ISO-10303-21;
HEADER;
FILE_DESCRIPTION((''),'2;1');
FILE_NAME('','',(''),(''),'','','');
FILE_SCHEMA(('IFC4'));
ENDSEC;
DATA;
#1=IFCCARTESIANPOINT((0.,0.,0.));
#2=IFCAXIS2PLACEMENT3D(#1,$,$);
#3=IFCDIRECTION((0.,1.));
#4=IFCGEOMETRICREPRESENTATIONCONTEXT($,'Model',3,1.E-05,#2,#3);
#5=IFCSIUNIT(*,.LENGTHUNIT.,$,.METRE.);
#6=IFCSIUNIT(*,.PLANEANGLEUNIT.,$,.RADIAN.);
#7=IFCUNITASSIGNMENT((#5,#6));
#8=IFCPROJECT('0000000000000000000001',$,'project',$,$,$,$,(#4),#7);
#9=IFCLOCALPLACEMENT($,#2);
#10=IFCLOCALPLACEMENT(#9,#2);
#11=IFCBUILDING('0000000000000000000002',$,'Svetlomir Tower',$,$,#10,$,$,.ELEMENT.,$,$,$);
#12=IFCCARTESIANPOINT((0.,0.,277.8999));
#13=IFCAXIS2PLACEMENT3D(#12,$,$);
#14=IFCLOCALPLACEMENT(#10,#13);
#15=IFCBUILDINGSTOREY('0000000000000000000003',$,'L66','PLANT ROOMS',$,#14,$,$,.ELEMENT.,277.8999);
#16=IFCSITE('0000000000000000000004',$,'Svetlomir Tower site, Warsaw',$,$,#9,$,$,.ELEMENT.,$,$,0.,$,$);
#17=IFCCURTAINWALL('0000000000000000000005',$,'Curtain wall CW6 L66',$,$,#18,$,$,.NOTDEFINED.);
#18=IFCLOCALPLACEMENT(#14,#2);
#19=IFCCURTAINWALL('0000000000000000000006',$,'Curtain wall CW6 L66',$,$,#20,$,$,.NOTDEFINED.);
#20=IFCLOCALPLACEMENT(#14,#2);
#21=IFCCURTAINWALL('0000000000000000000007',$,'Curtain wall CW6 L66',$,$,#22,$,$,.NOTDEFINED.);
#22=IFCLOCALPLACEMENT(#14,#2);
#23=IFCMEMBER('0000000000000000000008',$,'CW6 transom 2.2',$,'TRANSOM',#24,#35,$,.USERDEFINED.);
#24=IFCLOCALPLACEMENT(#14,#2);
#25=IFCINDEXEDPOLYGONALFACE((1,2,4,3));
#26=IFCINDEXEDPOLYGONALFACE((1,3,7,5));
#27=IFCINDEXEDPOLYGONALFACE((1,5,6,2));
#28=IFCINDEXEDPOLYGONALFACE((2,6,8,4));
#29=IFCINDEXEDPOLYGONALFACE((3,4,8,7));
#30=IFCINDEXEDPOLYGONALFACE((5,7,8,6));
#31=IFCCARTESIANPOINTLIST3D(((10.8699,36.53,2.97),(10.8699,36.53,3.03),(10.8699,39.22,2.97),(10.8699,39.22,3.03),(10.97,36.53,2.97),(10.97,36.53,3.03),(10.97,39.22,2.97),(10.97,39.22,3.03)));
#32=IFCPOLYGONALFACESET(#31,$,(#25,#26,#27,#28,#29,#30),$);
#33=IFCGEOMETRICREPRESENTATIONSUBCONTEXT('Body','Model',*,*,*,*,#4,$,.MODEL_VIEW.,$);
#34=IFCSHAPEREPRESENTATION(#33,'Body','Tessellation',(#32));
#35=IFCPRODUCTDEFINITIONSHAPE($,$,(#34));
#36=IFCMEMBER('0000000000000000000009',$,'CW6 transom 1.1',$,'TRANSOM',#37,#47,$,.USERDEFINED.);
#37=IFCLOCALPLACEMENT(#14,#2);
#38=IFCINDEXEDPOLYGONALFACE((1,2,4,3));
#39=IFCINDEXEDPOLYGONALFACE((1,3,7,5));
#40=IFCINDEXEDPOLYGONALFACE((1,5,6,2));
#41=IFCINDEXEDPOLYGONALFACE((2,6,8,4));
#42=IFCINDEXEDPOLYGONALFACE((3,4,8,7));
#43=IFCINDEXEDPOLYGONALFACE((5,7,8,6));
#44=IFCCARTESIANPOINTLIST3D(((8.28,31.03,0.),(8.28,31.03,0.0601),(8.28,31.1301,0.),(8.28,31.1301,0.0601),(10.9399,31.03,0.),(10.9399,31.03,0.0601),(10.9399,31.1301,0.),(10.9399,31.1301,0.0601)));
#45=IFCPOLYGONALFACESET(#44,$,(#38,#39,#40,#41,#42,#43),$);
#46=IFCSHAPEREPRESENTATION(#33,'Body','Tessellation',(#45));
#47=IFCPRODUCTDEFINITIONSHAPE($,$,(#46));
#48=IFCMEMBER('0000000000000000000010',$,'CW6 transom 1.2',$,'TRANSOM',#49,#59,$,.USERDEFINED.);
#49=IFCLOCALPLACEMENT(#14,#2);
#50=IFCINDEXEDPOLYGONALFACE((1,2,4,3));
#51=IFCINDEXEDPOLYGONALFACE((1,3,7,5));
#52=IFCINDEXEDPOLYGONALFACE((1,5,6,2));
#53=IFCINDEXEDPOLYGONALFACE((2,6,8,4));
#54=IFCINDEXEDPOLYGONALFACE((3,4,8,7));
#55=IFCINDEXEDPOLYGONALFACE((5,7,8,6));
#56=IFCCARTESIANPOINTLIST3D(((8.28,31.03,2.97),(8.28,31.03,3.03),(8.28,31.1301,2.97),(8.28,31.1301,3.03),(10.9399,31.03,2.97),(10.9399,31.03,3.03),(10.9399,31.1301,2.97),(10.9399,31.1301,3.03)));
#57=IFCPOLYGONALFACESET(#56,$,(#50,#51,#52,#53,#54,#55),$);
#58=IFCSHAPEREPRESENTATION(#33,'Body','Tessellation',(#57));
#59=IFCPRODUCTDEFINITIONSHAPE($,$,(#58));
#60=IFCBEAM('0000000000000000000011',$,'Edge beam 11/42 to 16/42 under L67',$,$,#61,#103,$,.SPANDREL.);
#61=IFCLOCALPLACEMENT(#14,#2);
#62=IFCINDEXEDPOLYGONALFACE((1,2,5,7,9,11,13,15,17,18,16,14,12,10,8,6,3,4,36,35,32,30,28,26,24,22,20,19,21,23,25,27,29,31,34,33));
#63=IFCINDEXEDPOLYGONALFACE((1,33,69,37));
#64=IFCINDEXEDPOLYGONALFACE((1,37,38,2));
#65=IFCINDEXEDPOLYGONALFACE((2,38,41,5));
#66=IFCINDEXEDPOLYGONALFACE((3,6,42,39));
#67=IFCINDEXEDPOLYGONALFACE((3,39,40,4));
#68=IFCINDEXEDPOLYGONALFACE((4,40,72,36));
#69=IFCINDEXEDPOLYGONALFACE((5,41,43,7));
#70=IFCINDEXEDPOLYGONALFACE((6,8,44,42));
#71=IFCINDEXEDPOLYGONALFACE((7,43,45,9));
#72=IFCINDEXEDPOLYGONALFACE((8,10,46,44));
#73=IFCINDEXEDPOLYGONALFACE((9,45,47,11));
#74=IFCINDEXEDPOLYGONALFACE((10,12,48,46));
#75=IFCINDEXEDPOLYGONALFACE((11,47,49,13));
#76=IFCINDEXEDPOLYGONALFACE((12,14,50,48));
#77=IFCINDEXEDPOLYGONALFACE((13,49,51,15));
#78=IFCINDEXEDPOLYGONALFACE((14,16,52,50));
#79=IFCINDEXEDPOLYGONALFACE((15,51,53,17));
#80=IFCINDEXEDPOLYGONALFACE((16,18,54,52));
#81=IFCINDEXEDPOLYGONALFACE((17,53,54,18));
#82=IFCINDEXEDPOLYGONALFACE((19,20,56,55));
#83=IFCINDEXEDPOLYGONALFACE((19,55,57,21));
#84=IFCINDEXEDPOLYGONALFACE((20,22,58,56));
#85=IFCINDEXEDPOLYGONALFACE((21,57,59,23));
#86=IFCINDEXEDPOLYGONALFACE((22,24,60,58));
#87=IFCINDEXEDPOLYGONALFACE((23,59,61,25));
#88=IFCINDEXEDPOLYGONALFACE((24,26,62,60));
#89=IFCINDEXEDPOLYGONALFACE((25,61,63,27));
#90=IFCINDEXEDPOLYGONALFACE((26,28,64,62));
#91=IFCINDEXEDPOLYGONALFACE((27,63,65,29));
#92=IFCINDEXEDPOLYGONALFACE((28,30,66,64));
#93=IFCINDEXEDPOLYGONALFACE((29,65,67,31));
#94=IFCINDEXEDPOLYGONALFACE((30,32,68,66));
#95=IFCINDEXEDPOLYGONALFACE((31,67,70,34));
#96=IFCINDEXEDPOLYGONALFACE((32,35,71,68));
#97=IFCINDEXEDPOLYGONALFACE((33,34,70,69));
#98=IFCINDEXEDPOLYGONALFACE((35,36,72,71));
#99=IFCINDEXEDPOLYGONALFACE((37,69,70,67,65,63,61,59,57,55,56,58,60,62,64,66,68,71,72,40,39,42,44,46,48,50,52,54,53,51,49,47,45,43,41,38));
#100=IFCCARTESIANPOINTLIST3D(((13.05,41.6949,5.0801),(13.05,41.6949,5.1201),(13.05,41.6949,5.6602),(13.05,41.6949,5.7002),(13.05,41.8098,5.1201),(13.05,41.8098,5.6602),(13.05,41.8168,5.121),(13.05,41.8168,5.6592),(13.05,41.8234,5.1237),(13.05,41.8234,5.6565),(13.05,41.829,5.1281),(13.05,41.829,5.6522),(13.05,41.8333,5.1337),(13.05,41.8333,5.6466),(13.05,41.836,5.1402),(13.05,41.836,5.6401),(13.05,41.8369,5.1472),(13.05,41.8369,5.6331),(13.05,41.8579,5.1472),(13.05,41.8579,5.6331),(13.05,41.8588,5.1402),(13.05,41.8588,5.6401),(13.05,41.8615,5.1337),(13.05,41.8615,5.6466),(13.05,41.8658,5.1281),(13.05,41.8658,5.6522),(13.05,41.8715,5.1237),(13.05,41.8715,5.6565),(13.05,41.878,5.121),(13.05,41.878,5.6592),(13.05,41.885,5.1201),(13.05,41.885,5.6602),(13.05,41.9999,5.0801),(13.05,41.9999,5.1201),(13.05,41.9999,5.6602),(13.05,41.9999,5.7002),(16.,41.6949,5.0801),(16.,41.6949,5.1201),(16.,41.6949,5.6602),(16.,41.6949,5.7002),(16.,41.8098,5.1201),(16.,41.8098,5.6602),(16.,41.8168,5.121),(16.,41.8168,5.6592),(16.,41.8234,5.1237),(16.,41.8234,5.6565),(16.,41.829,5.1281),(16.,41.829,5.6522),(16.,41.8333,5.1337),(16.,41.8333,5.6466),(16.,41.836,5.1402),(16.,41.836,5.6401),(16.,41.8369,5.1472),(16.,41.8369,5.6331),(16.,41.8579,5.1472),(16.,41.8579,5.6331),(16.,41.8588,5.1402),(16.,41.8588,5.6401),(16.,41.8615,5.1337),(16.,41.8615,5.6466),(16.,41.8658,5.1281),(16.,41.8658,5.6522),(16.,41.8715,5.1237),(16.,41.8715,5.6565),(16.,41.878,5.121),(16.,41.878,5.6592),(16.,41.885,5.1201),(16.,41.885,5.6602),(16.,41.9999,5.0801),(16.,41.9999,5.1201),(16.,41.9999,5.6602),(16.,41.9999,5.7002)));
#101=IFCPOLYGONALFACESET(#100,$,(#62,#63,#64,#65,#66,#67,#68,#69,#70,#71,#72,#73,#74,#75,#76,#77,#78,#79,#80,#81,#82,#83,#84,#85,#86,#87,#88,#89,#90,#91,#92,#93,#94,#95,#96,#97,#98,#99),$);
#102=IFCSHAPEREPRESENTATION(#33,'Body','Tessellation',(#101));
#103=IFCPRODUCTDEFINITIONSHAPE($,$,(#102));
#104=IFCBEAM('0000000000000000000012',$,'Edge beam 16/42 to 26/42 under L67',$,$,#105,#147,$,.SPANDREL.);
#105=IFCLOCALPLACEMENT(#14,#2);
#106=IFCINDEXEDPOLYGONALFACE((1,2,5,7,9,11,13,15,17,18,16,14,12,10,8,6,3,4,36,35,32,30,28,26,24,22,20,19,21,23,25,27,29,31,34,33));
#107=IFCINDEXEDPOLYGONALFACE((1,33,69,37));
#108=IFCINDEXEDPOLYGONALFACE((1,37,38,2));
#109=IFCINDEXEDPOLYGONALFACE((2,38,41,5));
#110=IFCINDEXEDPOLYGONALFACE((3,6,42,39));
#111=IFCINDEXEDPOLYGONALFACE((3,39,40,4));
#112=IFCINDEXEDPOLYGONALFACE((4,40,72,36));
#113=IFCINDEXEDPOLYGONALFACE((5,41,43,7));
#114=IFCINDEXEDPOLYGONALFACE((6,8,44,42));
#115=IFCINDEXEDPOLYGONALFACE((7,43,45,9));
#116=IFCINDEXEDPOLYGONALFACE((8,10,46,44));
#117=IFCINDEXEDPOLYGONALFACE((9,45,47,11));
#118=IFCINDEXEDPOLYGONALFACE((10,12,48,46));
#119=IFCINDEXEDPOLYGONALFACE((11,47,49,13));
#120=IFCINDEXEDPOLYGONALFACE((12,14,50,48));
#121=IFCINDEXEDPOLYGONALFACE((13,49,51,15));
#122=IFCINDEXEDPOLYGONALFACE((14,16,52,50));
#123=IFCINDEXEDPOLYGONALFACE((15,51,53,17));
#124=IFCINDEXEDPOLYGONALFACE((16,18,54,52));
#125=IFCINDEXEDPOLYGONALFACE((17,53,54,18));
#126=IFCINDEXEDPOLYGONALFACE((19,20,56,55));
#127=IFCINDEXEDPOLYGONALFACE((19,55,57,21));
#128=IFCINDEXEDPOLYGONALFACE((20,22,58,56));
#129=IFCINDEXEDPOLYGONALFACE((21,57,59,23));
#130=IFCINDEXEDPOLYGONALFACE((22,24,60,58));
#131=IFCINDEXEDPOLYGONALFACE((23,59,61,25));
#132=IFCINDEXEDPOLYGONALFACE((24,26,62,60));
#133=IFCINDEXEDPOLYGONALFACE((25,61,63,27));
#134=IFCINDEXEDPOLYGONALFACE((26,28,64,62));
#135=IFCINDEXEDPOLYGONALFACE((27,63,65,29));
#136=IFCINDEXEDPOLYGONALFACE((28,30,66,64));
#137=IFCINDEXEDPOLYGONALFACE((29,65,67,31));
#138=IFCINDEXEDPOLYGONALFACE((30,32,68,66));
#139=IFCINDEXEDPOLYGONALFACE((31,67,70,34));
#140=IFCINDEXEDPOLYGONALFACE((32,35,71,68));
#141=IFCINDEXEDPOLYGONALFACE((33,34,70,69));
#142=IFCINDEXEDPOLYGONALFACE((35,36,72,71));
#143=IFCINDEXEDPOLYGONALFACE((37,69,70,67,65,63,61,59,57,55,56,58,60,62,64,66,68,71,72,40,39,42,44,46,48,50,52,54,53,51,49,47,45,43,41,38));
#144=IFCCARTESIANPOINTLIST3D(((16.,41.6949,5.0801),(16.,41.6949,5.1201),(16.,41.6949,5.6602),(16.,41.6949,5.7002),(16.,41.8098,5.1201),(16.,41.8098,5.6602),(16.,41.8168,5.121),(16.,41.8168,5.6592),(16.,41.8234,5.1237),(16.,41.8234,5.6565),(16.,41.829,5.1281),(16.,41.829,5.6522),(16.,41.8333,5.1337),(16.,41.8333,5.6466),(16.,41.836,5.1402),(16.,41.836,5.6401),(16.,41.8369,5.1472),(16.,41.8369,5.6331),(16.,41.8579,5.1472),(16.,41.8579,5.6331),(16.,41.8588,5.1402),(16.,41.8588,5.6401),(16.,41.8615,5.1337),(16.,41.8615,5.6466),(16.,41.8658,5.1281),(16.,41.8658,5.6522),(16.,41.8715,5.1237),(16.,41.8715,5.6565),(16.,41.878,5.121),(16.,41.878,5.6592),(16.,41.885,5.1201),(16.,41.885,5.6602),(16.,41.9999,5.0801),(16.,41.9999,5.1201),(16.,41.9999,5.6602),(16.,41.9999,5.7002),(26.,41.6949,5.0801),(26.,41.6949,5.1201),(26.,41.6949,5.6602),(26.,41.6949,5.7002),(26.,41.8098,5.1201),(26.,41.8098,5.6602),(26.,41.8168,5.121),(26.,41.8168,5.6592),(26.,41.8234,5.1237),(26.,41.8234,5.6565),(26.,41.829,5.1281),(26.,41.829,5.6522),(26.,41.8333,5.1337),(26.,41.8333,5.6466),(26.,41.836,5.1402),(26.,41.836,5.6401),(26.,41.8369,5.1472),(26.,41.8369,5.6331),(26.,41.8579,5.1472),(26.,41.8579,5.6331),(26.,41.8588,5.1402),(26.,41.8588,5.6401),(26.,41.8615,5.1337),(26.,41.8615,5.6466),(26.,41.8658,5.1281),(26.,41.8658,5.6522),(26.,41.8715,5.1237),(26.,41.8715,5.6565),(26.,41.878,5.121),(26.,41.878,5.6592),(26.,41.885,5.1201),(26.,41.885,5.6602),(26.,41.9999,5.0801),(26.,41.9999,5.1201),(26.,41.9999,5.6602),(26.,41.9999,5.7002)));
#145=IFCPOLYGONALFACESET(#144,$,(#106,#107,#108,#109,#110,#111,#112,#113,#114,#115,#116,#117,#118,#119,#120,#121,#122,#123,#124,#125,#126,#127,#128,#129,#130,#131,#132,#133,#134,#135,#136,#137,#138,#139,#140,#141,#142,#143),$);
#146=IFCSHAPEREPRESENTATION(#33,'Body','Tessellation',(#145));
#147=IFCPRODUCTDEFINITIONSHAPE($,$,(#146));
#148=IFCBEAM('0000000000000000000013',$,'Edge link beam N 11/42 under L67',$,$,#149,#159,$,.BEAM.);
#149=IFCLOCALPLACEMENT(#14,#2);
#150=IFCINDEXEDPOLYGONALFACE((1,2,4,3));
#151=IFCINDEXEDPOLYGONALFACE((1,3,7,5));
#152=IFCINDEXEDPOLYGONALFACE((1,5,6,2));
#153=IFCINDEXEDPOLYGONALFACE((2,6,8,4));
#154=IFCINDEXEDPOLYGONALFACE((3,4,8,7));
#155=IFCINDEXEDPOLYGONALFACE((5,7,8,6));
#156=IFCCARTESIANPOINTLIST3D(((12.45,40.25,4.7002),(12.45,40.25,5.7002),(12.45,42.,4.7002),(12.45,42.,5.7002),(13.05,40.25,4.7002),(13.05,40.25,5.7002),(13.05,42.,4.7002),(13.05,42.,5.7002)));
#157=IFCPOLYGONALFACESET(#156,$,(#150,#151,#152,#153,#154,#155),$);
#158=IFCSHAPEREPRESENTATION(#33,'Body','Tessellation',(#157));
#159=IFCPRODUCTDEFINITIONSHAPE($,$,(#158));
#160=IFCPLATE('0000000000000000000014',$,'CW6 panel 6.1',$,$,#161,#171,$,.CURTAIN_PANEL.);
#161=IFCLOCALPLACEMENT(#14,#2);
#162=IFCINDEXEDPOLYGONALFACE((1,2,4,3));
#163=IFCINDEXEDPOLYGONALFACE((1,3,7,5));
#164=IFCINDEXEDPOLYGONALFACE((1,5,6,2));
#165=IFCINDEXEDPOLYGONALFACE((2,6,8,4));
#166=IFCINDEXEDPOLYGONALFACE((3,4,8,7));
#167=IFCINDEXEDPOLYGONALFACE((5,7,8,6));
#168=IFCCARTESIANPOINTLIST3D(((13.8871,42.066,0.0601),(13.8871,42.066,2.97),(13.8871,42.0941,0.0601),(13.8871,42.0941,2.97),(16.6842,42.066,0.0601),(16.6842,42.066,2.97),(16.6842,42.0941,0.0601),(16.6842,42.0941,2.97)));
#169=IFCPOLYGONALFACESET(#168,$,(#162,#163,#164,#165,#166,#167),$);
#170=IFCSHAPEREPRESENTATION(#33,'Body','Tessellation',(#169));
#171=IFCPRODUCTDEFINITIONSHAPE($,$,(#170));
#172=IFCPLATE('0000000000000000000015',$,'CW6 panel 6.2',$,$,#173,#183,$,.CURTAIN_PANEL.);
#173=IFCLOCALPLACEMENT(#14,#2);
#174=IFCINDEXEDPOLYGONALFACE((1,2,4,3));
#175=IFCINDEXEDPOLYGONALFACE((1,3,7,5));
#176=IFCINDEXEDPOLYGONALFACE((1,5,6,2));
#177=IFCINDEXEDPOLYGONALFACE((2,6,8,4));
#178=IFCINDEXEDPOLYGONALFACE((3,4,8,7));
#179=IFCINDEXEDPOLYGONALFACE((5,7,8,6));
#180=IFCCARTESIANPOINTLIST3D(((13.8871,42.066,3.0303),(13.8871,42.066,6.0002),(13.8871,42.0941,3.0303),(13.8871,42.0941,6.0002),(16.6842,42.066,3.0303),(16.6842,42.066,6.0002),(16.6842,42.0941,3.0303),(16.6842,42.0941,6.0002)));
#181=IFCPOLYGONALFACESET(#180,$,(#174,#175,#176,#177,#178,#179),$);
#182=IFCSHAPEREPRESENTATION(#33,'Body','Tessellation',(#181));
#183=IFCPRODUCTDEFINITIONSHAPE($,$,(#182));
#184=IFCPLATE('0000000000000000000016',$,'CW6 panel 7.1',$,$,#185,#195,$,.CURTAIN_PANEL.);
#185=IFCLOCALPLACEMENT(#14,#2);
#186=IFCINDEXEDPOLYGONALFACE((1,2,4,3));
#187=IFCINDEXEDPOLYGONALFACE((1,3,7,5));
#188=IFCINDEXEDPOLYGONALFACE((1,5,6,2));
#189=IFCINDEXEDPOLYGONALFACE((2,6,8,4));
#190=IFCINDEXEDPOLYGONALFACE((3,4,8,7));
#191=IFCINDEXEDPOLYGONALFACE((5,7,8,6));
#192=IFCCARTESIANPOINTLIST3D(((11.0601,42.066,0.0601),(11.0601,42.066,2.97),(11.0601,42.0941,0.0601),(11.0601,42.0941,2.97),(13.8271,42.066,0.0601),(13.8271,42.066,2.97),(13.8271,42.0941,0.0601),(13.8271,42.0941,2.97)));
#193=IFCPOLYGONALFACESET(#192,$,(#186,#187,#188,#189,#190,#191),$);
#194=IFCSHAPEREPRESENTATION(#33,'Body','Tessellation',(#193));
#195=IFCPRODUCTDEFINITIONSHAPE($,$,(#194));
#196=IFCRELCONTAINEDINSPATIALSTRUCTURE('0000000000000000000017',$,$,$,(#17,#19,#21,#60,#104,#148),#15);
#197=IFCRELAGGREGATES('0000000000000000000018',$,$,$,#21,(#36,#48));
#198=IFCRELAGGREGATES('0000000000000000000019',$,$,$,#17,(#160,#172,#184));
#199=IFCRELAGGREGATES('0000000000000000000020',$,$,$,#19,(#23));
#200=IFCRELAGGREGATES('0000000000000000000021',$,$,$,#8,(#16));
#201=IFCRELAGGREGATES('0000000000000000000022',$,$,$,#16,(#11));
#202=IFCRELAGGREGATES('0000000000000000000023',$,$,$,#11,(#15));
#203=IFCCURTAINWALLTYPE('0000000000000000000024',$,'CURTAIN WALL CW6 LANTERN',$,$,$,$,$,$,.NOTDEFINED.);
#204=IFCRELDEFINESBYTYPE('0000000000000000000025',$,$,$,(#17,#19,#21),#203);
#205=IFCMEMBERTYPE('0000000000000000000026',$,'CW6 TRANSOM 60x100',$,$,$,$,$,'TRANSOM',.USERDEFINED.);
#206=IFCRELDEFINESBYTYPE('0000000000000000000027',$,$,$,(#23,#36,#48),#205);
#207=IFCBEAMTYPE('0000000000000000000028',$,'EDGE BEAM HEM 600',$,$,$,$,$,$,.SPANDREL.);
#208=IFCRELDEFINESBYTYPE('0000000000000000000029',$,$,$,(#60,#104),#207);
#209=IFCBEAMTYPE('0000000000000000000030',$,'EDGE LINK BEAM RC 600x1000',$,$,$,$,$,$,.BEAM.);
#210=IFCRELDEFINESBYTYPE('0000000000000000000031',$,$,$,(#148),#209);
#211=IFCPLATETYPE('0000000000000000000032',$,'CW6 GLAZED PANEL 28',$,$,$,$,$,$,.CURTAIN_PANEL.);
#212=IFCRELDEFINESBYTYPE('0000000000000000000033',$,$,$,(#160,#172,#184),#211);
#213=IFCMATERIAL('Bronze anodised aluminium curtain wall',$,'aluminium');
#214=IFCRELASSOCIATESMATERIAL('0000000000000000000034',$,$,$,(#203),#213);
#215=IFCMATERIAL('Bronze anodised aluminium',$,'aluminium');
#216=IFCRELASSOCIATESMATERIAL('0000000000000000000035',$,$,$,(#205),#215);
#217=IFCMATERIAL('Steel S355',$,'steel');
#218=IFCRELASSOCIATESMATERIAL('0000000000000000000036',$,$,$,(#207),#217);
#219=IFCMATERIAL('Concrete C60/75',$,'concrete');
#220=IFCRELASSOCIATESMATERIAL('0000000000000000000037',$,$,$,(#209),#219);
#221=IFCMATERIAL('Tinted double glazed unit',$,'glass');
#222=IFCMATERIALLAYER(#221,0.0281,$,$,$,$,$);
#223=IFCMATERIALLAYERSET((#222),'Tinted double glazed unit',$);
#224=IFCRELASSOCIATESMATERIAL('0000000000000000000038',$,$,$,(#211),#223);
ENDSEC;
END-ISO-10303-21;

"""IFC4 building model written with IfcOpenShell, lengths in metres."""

from ifc_helpers import new_model, si_unit, direction, frame, origin, origin_2d, place, context, subcontext, project, spatial, rectangle, i_section, extrude, material, layer, layer_set, material_profile, profile_set, type_object, element, aggregate, save


model = new_model("IFC4")

# Units and contexts
model_context = context("Model", 3, precision=1e-05, world=origin(), true_north=direction((0.0, 1.0)))
body_context = subcontext(model_context, "Body", "Model", "MODEL_VIEW")
ifc_project = project(units=[si_unit("LENGTHUNIT", "METRE"), si_unit("PLANEANGLEUNIT", "RADIAN")], contexts=[model_context])

# Site, building, storey
site_placement = place(None, origin())
site = spatial("IfcSite", under=ifc_project, at=site_placement, Name="Svetlomir Tower site, Warsaw", CompositionType="ELEMENT", RefElevation=0.0)
building_placement = place(site_placement, origin())
building = spatial("IfcBuilding", under=site, at=building_placement, Name="Svetlomir Tower", CompositionType="ELEMENT")
storey_placement = place(building_placement, frame((0.0, 0.0, 277.8999)))
storey = spatial("IfcBuildingStorey", under=building, at=storey_placement, Name="L66", Description="PLANT ROOMS", CompositionType="ELEMENT", Elevation=277.8999)

# Curtain walls
ifc_material_1 = material(Name="Bronze anodised aluminium curtain wall", Category="aluminium")
curtain_wall_type = type_object("IfcCurtainWallType", Name="CURTAIN WALL CW6 LANTERN", PredefinedType="NOTDEFINED", material=ifc_material_1)
curtain_wall_1_placement = place(storey_placement, origin())
curtain_wall_1 = element("IfcCurtainWall", 1, at=curtain_wall_1_placement, inside=storey, type_object=curtain_wall_type, Name="Curtain wall CW6 L66", PredefinedType="NOTDEFINED")
curtain_wall_2_placement = place(storey_placement, origin())
curtain_wall_2 = element("IfcCurtainWall", 2, at=curtain_wall_2_placement, inside=storey, type_object=curtain_wall_type, Name="Curtain wall CW6 L66", PredefinedType="NOTDEFINED")

# Curtain wall
curtain_wall_3_placement = place(storey_placement, origin())
curtain_wall_3 = element("IfcCurtainWall", 3, at=curtain_wall_3_placement, inside=storey, type_object=curtain_wall_type, Name="Curtain wall CW6 L66", PredefinedType="NOTDEFINED")

# Members
ifc_material_2 = material(Name="Bronze anodised aluminium", Category="aluminium")
ifc_material_profile_1 = material_profile(ifc_material_2, rectangle(XDim=0.1001, YDim=0.0601, at=origin_2d()), Name="AL 100x60")
ifc_profile_set_1 = profile_set([ifc_material_profile_1], Name="Bronze anodised aluminium 6063-T6")
member_type_1 = type_object("IfcMemberType", Name="CW6 TRANSOM 60x100", ElementType="TRANSOM", PredefinedType="USERDEFINED", material=ifc_profile_set_1)
member_1_placement = place(storey_placement, frame((10.9199, 39.22, 3.0), z_axis=(0.0, -1.0, 0.0), x_axis=(1.0, 0.0, 0.0)))
member_1 = element("IfcMember", 4, at=member_1_placement, type_object=member_type_1, Name="CW6 transom 2.2", ObjectType="TRANSOM", PredefinedType="USERDEFINED", context=body_context, shape_type="SweptSolid", body=[
    extrude(rectangle(XDim=0.1001, YDim=0.0601, at=origin_2d()), origin(), (0.0, 0.0, 1.0), 2.6899),
])
member_2_placement = place(storey_placement, frame((10.9399, 31.0801, 0.03), z_axis=(-1.0, 0.0, 0.0), x_axis=(0.0, -1.0, 0.0)))
member_2 = element("IfcMember", 5, at=member_2_placement, type_object=member_type_1, Name="CW6 transom 1.1", ObjectType="TRANSOM", PredefinedType="USERDEFINED", context=body_context, shape_type="SweptSolid", body=[
    extrude(rectangle(XDim=0.1001, YDim=0.0601, at=origin_2d()), origin(), (0.0, 0.0, 1.0), 2.6599),
])
member_3_placement = place(storey_placement, frame((10.9399, 31.0801, 3.0), z_axis=(-1.0, 0.0, 0.0), x_axis=(0.0, -1.0, 0.0)))
member_3 = element("IfcMember", 6, at=member_3_placement, type_object=member_type_1, Name="CW6 transom 1.2", ObjectType="TRANSOM", PredefinedType="USERDEFINED", context=body_context, shape_type="SweptSolid", body=[
    extrude(rectangle(XDim=0.1001, YDim=0.0601, at=origin_2d()), origin(), (0.0, 0.0, 1.0), 2.6599),
])
aggregate(curtain_wall_3, [member_2, member_3])

# Beams
ifc_material_3 = material(Name="Steel S355", Category="steel")
ifc_material_profile_2 = material_profile(ifc_material_3, i_section(OverallWidth=0.3049, OverallDepth=0.6201, WebThickness=0.021, FlangeThickness=0.04, FilletRadius=0.0271, at=origin_2d()), Name="HEM 600")
ifc_profile_set_2 = profile_set([ifc_material_profile_2], Name="Steel S355")
beam_type_1 = type_object("IfcBeamType", Name="EDGE BEAM HEM 600", PredefinedType="SPANDREL", material=ifc_profile_set_2)
beam_1_placement = place(storey_placement, frame((13.05, 41.8474, 5.3901), z_axis=(1.0, 0.0, 0.0), x_axis=(0.0, 1.0, 0.0)))
element("IfcBeam", 7, at=beam_1_placement, inside=storey, type_object=beam_type_1, Name="Edge beam 11/42 to 16/42 under L67", PredefinedType="SPANDREL", context=body_context, shape_type="SweptSolid", body=[
    extrude(i_section(OverallWidth=0.3049, OverallDepth=0.6201, WebThickness=0.021, FlangeThickness=0.04, FilletRadius=0.0271, at=origin_2d()), origin(), (0.0, 0.0, 1.0), 2.95),
])
beam_2_placement = place(storey_placement, frame((16.0, 41.8474, 5.3901), z_axis=(1.0, 0.0, 0.0), x_axis=(0.0, 1.0, 0.0)))
element("IfcBeam", 8, at=beam_2_placement, inside=storey, type_object=beam_type_1, Name="Edge beam 16/42 to 26/42 under L67", PredefinedType="SPANDREL", context=body_context, shape_type="SweptSolid", body=[
    extrude(i_section(OverallWidth=0.3049, OverallDepth=0.6201, WebThickness=0.021, FlangeThickness=0.04, FilletRadius=0.0271, at=origin_2d()), origin(), (0.0, 0.0, 1.0), 10.0),
])
ifc_material_4 = material(Name="Concrete C60/75", Category="concrete")
ifc_material_profile_3 = material_profile(ifc_material_4, rectangle(XDim=0.6001, YDim=1.0, at=origin_2d()), Name="RC 600x1000")
ifc_profile_set_3 = profile_set([ifc_material_profile_3], Name="Concrete C60/75")
beam_type_2 = type_object("IfcBeamType", Name="EDGE LINK BEAM RC 600x1000", PredefinedType="BEAM", material=ifc_profile_set_3)
beam_3_placement = place(storey_placement, frame((12.75, 40.25, 5.2002), z_axis=(0.0, 1.0, 0.0), x_axis=(-1.0, 0.0, 0.0)))
element("IfcBeam", 9, at=beam_3_placement, inside=storey, type_object=beam_type_2, Name="Edge link beam N 11/42 under L67", PredefinedType="BEAM", context=body_context, shape_type="SweptSolid", body=[
    extrude(rectangle(XDim=0.6001, YDim=1.0, at=origin_2d()), origin(), (0.0, 0.0, 1.0), 1.75),
])

# Plates
ifc_material_5 = material(Name="Tinted double glazed unit", Category="glass")
ifc_layer = layer(ifc_material_5, 0.0281)
ifc_layer_set = layer_set([ifc_layer], Name="Tinted double glazed unit")
plate_type = type_object("IfcPlateType", Name="CW6 GLAZED PANEL 28", PredefinedType="CURTAIN_PANEL", material=ifc_layer_set)
plate_1_placement = place(storey_placement, frame((15.2856, 42.0801, 0.0601), z_axis=(0.0, 0.0, 1.0), x_axis=(-1.0, 0.0, 0.0)))
plate_1 = element("IfcPlate", 10, at=plate_1_placement, type_object=plate_type, Name="CW6 panel 6.1", PredefinedType="CURTAIN_PANEL", context=body_context, shape_type="SweptSolid", body=[
    extrude(rectangle(XDim=2.7971, YDim=0.0281, at=origin_2d()), origin(), (0.0, 0.0, 1.0), 2.9099),
])
plate_2_placement = place(storey_placement, frame((15.2856, 42.0801, 3.0303), z_axis=(0.0, 0.0, 1.0), x_axis=(-1.0, 0.0, 0.0)))
plate_2 = element("IfcPlate", 11, at=plate_2_placement, type_object=plate_type, Name="CW6 panel 6.2", PredefinedType="CURTAIN_PANEL", context=body_context, shape_type="SweptSolid", body=[
    extrude(rectangle(XDim=2.7971, YDim=0.0281, at=origin_2d()), origin(), (0.0, 0.0, 1.0), 2.97),
])
plate_3_placement = place(storey_placement, frame((12.4436, 42.0801, 0.0601), z_axis=(0.0, 0.0, 1.0), x_axis=(-1.0, 0.0, 0.0)))
plate_3 = element("IfcPlate", 12, at=plate_3_placement, type_object=plate_type, Name="CW6 panel 7.1", PredefinedType="CURTAIN_PANEL", context=body_context, shape_type="SweptSolid", body=[
    extrude(rectangle(XDim=2.7671, YDim=0.0281, at=origin_2d()), origin(), (0.0, 0.0, 1.0), 2.9099),
])
aggregate(curtain_wall_1, [plate_1, plate_2, plate_3])
aggregate(curtain_wall_2, [member_1])

save(model, "model.ifc")
